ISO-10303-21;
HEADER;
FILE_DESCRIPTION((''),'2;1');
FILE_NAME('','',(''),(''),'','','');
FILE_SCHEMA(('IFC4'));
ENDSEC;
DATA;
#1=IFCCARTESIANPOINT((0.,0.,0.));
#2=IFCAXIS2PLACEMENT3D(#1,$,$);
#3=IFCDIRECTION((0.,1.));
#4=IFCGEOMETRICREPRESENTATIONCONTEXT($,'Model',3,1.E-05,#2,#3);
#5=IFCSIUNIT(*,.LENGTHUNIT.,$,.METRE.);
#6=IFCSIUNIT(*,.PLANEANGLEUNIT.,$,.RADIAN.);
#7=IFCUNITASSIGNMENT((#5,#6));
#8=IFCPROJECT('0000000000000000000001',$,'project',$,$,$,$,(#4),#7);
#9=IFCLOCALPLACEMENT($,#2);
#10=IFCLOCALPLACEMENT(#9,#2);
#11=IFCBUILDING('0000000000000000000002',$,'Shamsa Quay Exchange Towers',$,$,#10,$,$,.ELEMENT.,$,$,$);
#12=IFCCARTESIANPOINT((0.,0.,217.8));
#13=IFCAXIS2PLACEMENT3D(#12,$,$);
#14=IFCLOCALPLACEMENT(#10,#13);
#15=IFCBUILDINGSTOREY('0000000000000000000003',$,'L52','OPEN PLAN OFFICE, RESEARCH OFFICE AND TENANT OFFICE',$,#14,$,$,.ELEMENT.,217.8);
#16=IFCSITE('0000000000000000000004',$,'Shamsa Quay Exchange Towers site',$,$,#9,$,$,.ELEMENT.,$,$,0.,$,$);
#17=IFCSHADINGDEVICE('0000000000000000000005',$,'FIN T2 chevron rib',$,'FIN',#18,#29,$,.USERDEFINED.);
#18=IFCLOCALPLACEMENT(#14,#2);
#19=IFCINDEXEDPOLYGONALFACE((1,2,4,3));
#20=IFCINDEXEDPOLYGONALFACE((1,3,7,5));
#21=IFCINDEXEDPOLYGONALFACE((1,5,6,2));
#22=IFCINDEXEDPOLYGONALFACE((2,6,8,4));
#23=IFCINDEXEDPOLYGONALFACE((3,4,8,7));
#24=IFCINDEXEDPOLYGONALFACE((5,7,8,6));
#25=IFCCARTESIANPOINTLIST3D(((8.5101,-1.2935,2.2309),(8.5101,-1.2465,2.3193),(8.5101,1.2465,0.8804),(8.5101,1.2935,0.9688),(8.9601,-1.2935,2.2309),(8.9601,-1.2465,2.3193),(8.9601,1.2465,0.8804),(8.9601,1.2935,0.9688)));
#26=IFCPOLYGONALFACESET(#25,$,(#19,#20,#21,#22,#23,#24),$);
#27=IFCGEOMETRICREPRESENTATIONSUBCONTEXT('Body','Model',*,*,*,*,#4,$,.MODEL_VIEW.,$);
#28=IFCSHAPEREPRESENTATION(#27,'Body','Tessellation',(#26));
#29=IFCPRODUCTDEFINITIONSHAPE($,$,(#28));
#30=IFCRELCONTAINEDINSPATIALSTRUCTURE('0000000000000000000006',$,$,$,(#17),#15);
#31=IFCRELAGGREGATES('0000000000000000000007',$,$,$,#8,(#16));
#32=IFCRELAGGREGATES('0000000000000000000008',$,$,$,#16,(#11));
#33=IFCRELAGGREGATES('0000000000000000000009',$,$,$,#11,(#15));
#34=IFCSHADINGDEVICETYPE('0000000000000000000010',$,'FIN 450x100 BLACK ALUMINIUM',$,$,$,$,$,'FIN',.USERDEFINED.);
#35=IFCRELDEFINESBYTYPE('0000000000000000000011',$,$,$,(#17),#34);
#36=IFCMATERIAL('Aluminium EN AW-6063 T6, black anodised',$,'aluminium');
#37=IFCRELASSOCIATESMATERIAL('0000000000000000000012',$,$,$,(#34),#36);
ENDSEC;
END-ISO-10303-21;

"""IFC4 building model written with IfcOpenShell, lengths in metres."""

from ifc_helpers import new_model, si_unit, direction, frame, origin, origin_2d, place, context, subcontext, project, spatial, rectangle, extrude, material, material_profile, profile_set, type_object, element, save


model = new_model("IFC4")

# Units and contexts
model_context = context("Model", 3, precision=1e-05, world=origin(), true_north=direction((0.0, 1.0)))
body_context = subcontext(model_context, "Body", "Model", "MODEL_VIEW")
ifc_project = project(units=[si_unit("LENGTHUNIT", "METRE"), si_unit("PLANEANGLEUNIT", "RADIAN")], contexts=[model_context])

# Site, building, storey
site_placement = place(None, origin())
site = spatial("IfcSite", under=ifc_project, at=site_placement, Name="Shamsa Quay Exchange Towers site", CompositionType="ELEMENT", RefElevation=0.0)
building_placement = place(site_placement, origin())
building = spatial("IfcBuilding", under=site, at=building_placement, Name="Shamsa Quay Exchange Towers", CompositionType="ELEMENT")
storey_placement = place(building_placement, frame((0.0, 0.0, 217.8)))
storey = spatial("IfcBuildingStorey", under=building, at=storey_placement, Name="L52", Description="OPEN PLAN OFFICE, RESEARCH OFFICE AND TENANT OFFICE", CompositionType="ELEMENT", Elevation=217.8)

# Shared definitions
ifc_material_1 = material(Name="Aluminium EN AW-6063 T6, black anodised", Category="aluminium")

# Shading device
ifc_material_profile_1 = material_profile(ifc_material_1, rectangle(XDim=0.45, YDim=0.1001, at=origin_2d()), Name="FIN450x100")
ifc_profile_set_1 = profile_set([ifc_material_profile_1], Name="Aluminium EN AW-6063 T6, black anodised")
shading_device_type = type_object("IfcShadingDeviceType", Name="FIN 450x100 BLACK ALUMINIUM", ElementType="FIN", PredefinedType="USERDEFINED", material=ifc_profile_set_1)
shading_device_1_placement = place(storey_placement, frame((8.7351, 1.27, 0.9246), z_axis=(0.0, -0.882944, 0.469478), x_axis=(1.0, 0.0, 0.0)))
element("IfcShadingDevice", 1, at=shading_device_1_placement, inside=storey, type_object=shading_device_type, Name="FIN T2 chevron rib", ObjectType="FIN", PredefinedType="USERDEFINED", context=body_context, shape_type="SweptSolid", body=[
    extrude(rectangle(XDim=0.45, YDim=0.1001, at=origin_2d()), origin(), (0.0, 0.0, 1.0), 2.8767),
])

save(model, "model.ifc")
